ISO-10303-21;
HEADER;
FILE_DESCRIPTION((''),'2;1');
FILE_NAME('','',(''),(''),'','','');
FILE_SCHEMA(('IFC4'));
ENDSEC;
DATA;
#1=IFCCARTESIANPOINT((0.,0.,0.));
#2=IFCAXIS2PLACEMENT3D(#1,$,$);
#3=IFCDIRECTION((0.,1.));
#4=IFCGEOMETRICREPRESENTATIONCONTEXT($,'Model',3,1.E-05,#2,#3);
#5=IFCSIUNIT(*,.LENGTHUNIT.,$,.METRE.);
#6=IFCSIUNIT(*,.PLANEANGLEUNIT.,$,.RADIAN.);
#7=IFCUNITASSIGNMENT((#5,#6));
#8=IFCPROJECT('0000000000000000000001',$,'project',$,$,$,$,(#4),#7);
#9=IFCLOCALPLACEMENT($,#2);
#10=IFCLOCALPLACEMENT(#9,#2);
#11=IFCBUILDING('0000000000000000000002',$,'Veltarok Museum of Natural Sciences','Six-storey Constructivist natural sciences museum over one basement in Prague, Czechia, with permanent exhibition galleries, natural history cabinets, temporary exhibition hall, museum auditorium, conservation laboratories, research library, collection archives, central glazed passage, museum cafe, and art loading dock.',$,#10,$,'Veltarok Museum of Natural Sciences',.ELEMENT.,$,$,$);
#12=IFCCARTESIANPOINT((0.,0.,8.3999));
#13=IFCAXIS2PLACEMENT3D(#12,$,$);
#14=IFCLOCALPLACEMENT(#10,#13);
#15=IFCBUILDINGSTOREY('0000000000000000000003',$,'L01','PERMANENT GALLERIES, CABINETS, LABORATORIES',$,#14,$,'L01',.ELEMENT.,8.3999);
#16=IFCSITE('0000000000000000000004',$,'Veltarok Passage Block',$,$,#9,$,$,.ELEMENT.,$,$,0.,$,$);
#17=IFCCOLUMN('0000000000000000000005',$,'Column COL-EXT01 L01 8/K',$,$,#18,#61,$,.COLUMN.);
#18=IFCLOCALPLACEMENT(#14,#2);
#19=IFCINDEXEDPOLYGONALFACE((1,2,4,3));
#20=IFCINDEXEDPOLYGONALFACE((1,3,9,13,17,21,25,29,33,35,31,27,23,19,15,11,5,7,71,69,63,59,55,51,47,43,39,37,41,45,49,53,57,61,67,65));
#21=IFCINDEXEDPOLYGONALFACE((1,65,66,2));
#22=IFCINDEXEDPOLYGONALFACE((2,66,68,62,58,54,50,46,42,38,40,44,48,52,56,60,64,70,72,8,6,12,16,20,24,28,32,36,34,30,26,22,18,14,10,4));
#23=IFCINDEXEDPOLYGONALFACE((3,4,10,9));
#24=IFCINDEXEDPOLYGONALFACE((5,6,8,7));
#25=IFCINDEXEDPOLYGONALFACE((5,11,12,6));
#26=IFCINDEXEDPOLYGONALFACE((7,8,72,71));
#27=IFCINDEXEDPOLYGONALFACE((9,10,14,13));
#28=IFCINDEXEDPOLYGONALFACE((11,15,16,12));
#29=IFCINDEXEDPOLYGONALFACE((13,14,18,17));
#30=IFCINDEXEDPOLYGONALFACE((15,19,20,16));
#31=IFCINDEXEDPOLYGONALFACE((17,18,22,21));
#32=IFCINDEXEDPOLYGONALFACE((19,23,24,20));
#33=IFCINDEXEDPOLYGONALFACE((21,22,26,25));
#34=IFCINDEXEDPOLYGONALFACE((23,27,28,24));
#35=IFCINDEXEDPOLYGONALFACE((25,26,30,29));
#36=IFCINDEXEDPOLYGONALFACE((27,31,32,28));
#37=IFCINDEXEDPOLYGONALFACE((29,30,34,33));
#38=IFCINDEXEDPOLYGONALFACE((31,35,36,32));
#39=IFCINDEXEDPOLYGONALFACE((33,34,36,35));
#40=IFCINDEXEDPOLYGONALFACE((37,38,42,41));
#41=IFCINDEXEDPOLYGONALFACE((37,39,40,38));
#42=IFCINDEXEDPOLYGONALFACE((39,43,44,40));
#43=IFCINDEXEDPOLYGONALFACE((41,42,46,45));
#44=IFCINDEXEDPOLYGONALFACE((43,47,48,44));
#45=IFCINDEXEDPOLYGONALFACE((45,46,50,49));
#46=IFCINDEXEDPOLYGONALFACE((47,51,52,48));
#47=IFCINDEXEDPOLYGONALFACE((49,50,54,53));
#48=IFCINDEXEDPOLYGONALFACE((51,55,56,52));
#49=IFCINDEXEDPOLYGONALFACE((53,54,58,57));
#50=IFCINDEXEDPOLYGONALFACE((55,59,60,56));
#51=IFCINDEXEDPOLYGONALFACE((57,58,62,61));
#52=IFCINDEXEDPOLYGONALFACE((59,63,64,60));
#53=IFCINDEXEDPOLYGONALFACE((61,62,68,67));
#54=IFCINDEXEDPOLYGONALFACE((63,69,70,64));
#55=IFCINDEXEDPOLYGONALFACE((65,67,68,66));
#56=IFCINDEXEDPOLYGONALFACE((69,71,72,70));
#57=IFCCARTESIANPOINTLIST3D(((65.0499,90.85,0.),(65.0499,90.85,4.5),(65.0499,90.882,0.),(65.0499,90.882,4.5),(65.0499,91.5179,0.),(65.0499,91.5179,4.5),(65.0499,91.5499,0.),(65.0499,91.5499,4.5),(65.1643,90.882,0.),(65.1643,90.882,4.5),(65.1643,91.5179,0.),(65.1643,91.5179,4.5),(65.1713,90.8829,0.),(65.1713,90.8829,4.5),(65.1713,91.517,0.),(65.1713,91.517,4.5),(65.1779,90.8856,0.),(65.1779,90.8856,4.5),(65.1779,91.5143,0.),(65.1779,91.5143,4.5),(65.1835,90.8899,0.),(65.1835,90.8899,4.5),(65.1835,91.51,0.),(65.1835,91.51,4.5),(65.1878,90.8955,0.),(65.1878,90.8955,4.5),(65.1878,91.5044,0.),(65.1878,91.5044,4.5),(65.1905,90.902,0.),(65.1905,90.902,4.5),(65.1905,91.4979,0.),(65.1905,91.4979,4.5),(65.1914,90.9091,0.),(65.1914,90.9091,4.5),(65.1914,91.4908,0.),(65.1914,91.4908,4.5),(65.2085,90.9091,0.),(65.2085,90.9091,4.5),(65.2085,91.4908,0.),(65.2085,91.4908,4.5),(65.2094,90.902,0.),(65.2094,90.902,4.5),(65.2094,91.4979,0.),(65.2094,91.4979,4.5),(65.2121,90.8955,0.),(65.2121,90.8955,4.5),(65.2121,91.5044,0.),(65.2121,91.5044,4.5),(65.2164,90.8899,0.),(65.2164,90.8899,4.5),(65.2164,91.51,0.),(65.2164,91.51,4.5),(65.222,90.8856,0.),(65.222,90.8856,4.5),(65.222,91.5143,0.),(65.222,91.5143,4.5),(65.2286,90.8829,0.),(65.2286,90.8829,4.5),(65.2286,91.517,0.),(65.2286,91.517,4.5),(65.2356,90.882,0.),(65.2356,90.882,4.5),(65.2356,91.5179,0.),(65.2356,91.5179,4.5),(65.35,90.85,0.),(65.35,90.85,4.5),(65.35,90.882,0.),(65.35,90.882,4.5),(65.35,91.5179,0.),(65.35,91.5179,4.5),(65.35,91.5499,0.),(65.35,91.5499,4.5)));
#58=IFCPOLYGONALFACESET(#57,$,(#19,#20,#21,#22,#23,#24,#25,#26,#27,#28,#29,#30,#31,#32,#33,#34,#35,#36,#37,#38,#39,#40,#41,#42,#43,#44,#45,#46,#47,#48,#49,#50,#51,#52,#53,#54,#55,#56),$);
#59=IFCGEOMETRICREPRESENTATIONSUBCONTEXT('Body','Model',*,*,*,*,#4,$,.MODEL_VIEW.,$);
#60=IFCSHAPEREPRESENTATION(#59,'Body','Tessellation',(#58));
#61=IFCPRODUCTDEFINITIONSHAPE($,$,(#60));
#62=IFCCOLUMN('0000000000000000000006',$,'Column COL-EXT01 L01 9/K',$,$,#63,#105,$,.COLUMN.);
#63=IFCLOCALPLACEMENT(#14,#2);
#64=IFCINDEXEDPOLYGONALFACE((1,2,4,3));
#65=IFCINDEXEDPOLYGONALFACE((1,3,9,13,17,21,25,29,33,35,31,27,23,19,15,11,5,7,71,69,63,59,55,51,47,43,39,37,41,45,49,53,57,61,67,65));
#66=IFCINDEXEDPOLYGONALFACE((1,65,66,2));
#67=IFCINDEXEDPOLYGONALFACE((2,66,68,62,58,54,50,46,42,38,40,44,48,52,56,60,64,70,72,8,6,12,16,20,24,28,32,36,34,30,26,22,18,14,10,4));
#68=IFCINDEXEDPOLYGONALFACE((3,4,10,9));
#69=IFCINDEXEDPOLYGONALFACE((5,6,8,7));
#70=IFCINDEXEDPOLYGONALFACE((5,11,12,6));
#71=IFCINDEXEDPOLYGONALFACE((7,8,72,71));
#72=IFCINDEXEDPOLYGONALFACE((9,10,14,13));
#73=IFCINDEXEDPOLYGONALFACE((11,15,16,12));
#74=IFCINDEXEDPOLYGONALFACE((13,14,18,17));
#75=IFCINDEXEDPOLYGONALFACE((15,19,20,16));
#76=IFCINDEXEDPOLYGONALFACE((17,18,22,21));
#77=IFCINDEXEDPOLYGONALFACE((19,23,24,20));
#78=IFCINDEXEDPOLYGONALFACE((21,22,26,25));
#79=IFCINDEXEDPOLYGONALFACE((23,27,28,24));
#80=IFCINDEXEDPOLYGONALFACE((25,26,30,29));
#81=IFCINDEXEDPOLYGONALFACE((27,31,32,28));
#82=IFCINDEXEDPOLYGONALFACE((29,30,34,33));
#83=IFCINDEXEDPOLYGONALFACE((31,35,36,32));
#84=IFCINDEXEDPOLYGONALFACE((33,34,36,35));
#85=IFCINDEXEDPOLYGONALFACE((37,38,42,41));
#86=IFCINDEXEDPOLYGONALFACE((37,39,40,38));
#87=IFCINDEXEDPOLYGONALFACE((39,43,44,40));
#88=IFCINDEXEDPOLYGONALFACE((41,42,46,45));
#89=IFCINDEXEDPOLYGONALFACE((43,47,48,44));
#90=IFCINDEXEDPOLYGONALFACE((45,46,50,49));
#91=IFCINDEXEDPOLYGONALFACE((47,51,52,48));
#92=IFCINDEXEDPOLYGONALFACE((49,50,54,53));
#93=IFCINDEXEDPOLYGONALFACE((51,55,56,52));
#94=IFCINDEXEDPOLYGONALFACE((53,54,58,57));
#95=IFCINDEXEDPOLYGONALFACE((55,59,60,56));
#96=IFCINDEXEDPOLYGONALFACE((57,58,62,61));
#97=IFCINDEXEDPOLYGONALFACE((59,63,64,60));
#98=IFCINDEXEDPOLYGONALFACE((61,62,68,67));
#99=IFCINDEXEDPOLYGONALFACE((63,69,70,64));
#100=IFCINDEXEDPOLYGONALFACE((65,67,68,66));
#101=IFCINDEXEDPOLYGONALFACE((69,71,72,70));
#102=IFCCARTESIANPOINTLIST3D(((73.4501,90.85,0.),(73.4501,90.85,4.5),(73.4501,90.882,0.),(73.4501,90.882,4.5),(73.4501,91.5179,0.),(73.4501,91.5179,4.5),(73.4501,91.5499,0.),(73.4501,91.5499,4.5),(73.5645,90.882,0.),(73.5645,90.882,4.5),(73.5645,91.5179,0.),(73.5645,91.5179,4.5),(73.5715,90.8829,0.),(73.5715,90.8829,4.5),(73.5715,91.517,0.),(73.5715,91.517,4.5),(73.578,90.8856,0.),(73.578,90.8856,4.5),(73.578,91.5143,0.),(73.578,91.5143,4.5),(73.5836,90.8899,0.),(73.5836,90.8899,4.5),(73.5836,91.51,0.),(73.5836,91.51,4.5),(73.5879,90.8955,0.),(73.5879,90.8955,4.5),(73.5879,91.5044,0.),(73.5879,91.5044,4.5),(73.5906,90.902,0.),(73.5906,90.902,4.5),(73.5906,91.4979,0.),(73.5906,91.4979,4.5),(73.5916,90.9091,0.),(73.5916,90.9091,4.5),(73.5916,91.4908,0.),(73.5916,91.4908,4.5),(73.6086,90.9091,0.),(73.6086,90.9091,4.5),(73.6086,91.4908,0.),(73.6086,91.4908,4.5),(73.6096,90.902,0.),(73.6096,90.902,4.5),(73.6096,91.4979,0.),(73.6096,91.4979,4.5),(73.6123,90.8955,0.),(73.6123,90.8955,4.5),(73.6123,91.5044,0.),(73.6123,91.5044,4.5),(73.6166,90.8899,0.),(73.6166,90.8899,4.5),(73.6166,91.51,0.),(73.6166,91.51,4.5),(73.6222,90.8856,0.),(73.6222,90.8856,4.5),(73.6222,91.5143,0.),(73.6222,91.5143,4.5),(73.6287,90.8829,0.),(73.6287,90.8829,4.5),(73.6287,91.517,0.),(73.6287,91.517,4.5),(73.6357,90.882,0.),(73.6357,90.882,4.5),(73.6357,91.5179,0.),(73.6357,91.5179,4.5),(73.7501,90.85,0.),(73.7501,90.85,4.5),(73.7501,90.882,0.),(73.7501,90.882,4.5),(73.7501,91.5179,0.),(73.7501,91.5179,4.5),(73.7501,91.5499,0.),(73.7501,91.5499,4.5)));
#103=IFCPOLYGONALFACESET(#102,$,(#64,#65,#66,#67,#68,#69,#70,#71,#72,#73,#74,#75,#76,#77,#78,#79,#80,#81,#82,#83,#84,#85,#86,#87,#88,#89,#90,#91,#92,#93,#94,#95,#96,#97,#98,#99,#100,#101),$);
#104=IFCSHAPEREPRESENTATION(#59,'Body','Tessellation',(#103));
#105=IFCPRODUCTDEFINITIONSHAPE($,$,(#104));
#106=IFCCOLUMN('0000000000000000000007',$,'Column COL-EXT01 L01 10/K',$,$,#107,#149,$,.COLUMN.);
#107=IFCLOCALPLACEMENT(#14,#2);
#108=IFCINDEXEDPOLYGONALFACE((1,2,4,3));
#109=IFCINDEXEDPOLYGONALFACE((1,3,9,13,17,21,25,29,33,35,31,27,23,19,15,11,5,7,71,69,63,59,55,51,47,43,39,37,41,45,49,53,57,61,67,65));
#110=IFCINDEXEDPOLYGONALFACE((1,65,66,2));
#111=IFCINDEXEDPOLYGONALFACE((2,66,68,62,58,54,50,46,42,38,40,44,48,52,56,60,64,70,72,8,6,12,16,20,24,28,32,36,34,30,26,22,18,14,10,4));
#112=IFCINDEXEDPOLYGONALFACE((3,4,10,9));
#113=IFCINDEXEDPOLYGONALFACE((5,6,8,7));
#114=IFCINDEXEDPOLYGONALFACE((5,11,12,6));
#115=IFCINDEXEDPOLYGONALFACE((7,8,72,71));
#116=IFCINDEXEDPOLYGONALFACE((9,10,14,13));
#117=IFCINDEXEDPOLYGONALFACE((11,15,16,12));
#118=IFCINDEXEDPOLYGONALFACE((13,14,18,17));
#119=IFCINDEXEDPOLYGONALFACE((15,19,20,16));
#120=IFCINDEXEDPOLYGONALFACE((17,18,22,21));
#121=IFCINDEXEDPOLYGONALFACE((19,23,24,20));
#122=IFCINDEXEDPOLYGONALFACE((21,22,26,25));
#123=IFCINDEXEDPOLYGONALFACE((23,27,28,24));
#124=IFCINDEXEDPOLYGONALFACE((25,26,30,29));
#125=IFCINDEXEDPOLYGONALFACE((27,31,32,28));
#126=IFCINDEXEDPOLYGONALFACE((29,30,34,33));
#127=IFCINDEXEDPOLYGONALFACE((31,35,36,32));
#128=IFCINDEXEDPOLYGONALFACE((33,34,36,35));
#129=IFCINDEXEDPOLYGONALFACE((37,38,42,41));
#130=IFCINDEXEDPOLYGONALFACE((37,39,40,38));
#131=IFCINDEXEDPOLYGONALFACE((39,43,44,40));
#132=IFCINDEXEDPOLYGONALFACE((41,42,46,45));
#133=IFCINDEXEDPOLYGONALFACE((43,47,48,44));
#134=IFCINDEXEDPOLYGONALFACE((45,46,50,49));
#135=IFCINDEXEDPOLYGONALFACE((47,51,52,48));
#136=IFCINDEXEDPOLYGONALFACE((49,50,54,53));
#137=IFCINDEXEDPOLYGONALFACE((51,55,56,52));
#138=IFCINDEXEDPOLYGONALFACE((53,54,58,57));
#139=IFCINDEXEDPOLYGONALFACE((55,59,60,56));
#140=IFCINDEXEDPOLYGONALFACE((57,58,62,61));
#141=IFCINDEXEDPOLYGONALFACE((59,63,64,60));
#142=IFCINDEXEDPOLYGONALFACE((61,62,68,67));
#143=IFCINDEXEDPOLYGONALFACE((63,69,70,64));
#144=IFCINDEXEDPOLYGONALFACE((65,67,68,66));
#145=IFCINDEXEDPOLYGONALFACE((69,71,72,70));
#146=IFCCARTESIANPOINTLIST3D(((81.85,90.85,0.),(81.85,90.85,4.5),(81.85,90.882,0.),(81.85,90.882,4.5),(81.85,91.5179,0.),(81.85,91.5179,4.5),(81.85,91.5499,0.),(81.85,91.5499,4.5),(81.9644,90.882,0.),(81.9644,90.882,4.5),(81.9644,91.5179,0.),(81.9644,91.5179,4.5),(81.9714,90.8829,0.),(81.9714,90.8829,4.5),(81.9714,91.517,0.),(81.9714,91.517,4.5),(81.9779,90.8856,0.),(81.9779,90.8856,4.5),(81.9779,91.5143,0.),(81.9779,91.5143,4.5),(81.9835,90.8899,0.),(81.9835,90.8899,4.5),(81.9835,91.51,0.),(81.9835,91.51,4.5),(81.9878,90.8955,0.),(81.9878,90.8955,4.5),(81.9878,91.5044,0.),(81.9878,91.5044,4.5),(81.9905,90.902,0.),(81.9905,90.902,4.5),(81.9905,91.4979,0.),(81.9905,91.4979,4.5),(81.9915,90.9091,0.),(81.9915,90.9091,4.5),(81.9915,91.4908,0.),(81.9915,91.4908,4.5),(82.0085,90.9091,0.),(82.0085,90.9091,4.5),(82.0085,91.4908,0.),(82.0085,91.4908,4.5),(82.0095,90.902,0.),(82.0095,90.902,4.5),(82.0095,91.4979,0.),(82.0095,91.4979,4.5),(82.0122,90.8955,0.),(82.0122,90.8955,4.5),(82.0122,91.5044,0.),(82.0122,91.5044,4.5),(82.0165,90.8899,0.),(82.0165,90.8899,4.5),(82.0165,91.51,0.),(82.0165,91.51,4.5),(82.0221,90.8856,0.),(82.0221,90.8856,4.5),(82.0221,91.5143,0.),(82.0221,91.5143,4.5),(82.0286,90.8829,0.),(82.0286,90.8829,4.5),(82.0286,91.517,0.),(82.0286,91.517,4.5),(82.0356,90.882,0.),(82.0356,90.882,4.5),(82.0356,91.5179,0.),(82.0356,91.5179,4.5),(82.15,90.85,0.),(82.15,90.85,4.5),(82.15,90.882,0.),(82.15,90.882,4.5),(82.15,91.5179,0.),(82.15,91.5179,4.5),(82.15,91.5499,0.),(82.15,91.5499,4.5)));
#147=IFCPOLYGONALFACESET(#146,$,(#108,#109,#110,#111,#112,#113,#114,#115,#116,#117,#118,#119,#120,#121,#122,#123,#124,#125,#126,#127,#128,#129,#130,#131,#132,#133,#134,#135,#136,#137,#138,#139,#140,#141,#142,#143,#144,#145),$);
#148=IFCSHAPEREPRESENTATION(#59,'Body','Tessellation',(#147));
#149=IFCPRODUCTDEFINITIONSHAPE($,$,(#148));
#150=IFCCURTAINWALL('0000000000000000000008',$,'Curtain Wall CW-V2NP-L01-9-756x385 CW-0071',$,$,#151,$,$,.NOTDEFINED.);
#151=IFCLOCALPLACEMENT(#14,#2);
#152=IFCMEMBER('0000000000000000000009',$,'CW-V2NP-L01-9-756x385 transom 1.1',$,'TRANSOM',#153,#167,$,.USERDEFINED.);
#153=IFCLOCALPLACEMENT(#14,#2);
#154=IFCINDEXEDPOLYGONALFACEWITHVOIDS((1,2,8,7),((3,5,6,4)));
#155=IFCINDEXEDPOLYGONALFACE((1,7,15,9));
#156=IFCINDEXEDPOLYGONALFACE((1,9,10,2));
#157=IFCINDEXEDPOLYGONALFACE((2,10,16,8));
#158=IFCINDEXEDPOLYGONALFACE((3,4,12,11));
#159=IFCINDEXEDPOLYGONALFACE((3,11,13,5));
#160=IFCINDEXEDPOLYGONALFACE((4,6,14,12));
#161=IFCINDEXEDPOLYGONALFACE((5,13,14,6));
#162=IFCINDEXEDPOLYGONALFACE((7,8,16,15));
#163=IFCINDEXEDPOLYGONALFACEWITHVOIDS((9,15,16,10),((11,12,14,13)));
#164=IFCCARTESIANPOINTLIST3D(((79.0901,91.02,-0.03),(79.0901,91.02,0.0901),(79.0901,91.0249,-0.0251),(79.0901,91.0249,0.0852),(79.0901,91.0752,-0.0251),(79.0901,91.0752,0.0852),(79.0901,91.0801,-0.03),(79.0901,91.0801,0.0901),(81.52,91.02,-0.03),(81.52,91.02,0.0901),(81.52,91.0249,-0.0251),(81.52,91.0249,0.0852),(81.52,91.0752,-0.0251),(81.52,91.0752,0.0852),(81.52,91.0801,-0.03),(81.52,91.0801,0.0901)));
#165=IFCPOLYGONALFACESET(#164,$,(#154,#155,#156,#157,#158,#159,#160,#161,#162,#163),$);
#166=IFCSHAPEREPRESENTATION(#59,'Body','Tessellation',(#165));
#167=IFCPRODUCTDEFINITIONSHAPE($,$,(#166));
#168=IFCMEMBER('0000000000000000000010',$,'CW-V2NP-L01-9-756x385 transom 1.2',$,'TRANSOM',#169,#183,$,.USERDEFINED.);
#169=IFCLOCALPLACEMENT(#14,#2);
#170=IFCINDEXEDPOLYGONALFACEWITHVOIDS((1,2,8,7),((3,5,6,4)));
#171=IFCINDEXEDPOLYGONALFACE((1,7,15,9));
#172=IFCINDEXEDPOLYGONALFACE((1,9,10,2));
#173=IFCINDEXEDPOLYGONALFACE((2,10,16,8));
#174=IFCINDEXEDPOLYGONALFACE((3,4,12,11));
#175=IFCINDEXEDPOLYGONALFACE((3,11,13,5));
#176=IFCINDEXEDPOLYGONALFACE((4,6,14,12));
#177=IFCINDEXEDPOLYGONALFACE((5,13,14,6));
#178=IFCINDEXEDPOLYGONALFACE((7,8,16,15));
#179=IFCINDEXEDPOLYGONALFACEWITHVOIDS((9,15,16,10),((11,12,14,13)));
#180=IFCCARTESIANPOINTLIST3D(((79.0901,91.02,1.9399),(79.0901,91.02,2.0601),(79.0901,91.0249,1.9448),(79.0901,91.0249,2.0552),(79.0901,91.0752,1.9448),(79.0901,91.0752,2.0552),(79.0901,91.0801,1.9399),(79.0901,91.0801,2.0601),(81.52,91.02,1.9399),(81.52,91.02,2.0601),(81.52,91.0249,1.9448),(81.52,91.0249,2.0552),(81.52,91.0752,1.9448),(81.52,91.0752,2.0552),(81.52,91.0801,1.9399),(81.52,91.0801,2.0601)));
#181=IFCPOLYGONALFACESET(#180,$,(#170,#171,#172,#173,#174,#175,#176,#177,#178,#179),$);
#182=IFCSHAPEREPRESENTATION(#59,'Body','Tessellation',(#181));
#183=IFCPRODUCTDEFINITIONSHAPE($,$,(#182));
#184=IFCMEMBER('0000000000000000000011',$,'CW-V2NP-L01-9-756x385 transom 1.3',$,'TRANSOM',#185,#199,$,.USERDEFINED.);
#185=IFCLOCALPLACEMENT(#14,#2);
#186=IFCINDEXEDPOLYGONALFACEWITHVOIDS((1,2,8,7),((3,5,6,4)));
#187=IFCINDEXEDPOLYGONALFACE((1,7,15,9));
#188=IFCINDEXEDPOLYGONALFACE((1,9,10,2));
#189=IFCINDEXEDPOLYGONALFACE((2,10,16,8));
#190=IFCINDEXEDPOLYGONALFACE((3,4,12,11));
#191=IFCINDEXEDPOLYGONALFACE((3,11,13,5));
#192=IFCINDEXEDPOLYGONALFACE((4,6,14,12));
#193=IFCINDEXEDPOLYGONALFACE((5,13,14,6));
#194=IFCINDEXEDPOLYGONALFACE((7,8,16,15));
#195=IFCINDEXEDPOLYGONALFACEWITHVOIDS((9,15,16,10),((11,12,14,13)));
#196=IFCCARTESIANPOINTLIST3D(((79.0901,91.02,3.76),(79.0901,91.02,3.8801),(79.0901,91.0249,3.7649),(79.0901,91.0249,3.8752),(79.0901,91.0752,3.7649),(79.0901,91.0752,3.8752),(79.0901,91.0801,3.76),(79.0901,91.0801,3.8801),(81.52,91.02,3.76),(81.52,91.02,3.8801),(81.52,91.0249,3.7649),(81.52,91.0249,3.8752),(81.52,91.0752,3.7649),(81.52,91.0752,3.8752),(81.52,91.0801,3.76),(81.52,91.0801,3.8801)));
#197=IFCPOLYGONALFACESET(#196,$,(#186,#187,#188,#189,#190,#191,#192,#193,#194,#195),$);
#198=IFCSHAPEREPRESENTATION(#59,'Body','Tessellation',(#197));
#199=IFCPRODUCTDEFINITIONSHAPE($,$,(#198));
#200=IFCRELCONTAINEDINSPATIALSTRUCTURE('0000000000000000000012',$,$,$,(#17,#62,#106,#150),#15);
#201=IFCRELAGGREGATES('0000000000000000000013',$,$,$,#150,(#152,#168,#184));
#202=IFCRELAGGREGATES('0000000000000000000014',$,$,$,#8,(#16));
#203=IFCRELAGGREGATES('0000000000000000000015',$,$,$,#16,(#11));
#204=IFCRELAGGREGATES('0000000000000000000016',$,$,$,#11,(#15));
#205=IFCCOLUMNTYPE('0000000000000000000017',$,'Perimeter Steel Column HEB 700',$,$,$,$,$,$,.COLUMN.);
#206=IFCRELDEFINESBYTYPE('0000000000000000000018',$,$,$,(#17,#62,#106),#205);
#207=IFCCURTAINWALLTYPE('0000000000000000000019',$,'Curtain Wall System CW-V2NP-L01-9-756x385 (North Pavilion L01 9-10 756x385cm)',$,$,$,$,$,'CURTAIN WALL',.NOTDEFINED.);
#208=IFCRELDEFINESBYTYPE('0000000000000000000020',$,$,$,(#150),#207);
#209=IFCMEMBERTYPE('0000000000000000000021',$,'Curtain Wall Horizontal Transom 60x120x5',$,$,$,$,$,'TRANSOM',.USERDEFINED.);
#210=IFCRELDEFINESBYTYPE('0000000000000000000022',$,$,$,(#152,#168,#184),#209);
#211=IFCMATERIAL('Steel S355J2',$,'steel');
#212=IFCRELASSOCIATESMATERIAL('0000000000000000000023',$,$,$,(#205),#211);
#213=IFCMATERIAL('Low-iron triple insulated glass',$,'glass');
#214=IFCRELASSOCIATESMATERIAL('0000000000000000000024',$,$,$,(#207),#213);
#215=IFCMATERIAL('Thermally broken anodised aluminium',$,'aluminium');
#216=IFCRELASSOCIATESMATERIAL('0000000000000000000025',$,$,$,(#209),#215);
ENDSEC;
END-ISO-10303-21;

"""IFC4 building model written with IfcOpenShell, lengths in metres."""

from ifc_helpers import new_model, si_unit, direction, frame, origin, origin_2d, place, context, subcontext, project, spatial, hollow_rectangle, i_section, extrude, material, material_profile, profile_set, type_object, element, aggregate, save


model = new_model("IFC4")

# Units and contexts
model_context = context("Model", 3, precision=1e-05, world=origin(), true_north=direction((0.0, 1.0)))
body_context = subcontext(model_context, "Body", "Model", "MODEL_VIEW")
ifc_project = project(units=[si_unit("LENGTHUNIT", "METRE"), si_unit("PLANEANGLEUNIT", "RADIAN")], contexts=[model_context])

# Site, building, storey
site_placement = place(None, origin())
site = spatial("IfcSite", under=ifc_project, at=site_placement, Name="Veltarok Passage Block", CompositionType="ELEMENT", RefElevation=0.0)
building_placement = place(site_placement, origin())
building = spatial("IfcBuilding", under=site, at=building_placement, Name="Veltarok Museum of Natural Sciences", Description="Six-storey Constructivist natural sciences museum over one basement in Prague, Czechia, with permanent exhibition galleries, natural history cabinets, temporary exhibition hall, museum auditorium, conservation laboratories, research library, collection archives, central glazed passage, museum cafe, and art loading dock.", LongName="Veltarok Museum of Natural Sciences", CompositionType="ELEMENT")
storey_placement = place(building_placement, frame((0.0, 0.0, 8.3999)))
storey = spatial("IfcBuildingStorey", under=building, at=storey_placement, Name="L01", Description="PERMANENT GALLERIES, CABINETS, LABORATORIES", LongName="L01", CompositionType="ELEMENT", Elevation=8.3999)

# Columns
ifc_material_1 = material(Name="Steel S355J2", Category="steel")
ifc_material_profile_1 = material_profile(ifc_material_1, i_section(OverallWidth=0.3, OverallDepth=0.7, WebThickness=0.0171, FlangeThickness=0.032, FilletRadius=0.0271, at=origin_2d()), Name="HEB 700")
ifc_profile_set_1 = profile_set([ifc_material_profile_1], Name="Steel S355J2")
column_type = type_object("IfcColumnType", Name="Perimeter Steel Column HEB 700", PredefinedType="COLUMN", material=ifc_profile_set_1)
for number, where, z_axis, x_axis, name in (
    (1, (65.2, 91.2, 0.0), (0.0, 0.0, 1.0), (1.0, 0.0, 0.0), "Column COL-EXT01 L01 8/K"),
    (2, (73.6001, 91.2, 0.0), (0.0, 0.0, 1.0), (1.0, 0.0, 0.0), "Column COL-EXT01 L01 9/K"),
    (3, (82.0, 91.2, 0.0), (0.0, 0.0, 1.0), (1.0, 0.0, 0.0), "Column COL-EXT01 L01 10/K"),
):
    element("IfcColumn", number, at=place(storey_placement, frame(where, z_axis=z_axis, x_axis=x_axis)), inside=storey, type_object=column_type, Name=name, PredefinedType="COLUMN", context=body_context, shape_type="SweptSolid", body=[
        extrude(i_section(OverallWidth=0.3, OverallDepth=0.7, WebThickness=0.0171, FlangeThickness=0.032, FilletRadius=0.0271, at=origin_2d()), origin(), (0.0, 0.0, 1.0), 4.5),
    ])

# Curtain wall, members
ifc_material_2 = material(Name="Low-iron triple insulated glass", Category="glass")
curtain_wall_type = type_object("IfcCurtainWallType", Name="Curtain Wall System CW-V2NP-L01-9-756x385 (North Pavilion L01 9-10 756x385cm)", ElementType="CURTAIN WALL", PredefinedType="NOTDEFINED", material=ifc_material_2)
curtain_wall_placement = place(storey_placement, origin())
curtain_wall = element("IfcCurtainWall", 4, at=curtain_wall_placement, inside=storey, type_object=curtain_wall_type, Name="Curtain Wall CW-V2NP-L01-9-756x385 CW-0071", PredefinedType="NOTDEFINED")
ifc_material_3 = material(Name="Thermally broken anodised aluminium", Category="aluminium")
ifc_material_profile_2 = material_profile(ifc_material_3, hollow_rectangle(XDim=0.0601, YDim=0.1201, WallThickness=0.0049, at=origin_2d()), Name="CW TRANSOM 60x120x5")
ifc_profile_set_2 = profile_set([ifc_material_profile_2], Name="Thermally broken anodised aluminium")
member_type_1 = type_object("IfcMemberType", Name="Curtain Wall Horizontal Transom 60x120x5", ElementType="TRANSOM", PredefinedType="USERDEFINED", material=ifc_profile_set_2)
member_1_placement = place(storey_placement, frame((81.52, 91.05, 0.03), z_axis=(-1.0, 0.0, 0.0), x_axis=(0.0, -1.0, 0.0)))
member_1 = element("IfcMember", 5, at=member_1_placement, type_object=member_type_1, Name="CW-V2NP-L01-9-756x385 transom 1.1", ObjectType="TRANSOM", PredefinedType="USERDEFINED", context=body_context, shape_type="SweptSolid", body=[
    extrude(hollow_rectangle(XDim=0.0601, YDim=0.1201, WallThickness=0.0049, at=origin_2d()), origin(), (0.0, 0.0, 1.0), 2.4299),
])
member_2_placement = place(storey_placement, frame((81.52, 91.05, 2.0), z_axis=(-1.0, 0.0, 0.0), x_axis=(0.0, -1.0, 0.0)))
member_2 = element("IfcMember", 6, at=member_2_placement, type_object=member_type_1, Name="CW-V2NP-L01-9-756x385 transom 1.2", ObjectType="TRANSOM", PredefinedType="USERDEFINED", context=body_context, shape_type="SweptSolid", body=[
    extrude(hollow_rectangle(XDim=0.0601, YDim=0.1201, WallThickness=0.0049, at=origin_2d()), origin(), (0.0, 0.0, 1.0), 2.4299),
])
member_3_placement = place(storey_placement, frame((81.52, 91.05, 3.8201), z_axis=(-1.0, 0.0, 0.0), x_axis=(0.0, -1.0, 0.0)))
member_3 = element("IfcMember", 7, at=member_3_placement, type_object=member_type_1, Name="CW-V2NP-L01-9-756x385 transom 1.3", ObjectType="TRANSOM", PredefinedType="USERDEFINED", context=body_context, shape_type="SweptSolid", body=[
    extrude(hollow_rectangle(XDim=0.0601, YDim=0.1201, WallThickness=0.0049, at=origin_2d()), origin(), (0.0, 0.0, 1.0), 2.4299),
])

aggregate(curtain_wall, [member_1, member_2, member_3])

save(model, "model.ifc")
